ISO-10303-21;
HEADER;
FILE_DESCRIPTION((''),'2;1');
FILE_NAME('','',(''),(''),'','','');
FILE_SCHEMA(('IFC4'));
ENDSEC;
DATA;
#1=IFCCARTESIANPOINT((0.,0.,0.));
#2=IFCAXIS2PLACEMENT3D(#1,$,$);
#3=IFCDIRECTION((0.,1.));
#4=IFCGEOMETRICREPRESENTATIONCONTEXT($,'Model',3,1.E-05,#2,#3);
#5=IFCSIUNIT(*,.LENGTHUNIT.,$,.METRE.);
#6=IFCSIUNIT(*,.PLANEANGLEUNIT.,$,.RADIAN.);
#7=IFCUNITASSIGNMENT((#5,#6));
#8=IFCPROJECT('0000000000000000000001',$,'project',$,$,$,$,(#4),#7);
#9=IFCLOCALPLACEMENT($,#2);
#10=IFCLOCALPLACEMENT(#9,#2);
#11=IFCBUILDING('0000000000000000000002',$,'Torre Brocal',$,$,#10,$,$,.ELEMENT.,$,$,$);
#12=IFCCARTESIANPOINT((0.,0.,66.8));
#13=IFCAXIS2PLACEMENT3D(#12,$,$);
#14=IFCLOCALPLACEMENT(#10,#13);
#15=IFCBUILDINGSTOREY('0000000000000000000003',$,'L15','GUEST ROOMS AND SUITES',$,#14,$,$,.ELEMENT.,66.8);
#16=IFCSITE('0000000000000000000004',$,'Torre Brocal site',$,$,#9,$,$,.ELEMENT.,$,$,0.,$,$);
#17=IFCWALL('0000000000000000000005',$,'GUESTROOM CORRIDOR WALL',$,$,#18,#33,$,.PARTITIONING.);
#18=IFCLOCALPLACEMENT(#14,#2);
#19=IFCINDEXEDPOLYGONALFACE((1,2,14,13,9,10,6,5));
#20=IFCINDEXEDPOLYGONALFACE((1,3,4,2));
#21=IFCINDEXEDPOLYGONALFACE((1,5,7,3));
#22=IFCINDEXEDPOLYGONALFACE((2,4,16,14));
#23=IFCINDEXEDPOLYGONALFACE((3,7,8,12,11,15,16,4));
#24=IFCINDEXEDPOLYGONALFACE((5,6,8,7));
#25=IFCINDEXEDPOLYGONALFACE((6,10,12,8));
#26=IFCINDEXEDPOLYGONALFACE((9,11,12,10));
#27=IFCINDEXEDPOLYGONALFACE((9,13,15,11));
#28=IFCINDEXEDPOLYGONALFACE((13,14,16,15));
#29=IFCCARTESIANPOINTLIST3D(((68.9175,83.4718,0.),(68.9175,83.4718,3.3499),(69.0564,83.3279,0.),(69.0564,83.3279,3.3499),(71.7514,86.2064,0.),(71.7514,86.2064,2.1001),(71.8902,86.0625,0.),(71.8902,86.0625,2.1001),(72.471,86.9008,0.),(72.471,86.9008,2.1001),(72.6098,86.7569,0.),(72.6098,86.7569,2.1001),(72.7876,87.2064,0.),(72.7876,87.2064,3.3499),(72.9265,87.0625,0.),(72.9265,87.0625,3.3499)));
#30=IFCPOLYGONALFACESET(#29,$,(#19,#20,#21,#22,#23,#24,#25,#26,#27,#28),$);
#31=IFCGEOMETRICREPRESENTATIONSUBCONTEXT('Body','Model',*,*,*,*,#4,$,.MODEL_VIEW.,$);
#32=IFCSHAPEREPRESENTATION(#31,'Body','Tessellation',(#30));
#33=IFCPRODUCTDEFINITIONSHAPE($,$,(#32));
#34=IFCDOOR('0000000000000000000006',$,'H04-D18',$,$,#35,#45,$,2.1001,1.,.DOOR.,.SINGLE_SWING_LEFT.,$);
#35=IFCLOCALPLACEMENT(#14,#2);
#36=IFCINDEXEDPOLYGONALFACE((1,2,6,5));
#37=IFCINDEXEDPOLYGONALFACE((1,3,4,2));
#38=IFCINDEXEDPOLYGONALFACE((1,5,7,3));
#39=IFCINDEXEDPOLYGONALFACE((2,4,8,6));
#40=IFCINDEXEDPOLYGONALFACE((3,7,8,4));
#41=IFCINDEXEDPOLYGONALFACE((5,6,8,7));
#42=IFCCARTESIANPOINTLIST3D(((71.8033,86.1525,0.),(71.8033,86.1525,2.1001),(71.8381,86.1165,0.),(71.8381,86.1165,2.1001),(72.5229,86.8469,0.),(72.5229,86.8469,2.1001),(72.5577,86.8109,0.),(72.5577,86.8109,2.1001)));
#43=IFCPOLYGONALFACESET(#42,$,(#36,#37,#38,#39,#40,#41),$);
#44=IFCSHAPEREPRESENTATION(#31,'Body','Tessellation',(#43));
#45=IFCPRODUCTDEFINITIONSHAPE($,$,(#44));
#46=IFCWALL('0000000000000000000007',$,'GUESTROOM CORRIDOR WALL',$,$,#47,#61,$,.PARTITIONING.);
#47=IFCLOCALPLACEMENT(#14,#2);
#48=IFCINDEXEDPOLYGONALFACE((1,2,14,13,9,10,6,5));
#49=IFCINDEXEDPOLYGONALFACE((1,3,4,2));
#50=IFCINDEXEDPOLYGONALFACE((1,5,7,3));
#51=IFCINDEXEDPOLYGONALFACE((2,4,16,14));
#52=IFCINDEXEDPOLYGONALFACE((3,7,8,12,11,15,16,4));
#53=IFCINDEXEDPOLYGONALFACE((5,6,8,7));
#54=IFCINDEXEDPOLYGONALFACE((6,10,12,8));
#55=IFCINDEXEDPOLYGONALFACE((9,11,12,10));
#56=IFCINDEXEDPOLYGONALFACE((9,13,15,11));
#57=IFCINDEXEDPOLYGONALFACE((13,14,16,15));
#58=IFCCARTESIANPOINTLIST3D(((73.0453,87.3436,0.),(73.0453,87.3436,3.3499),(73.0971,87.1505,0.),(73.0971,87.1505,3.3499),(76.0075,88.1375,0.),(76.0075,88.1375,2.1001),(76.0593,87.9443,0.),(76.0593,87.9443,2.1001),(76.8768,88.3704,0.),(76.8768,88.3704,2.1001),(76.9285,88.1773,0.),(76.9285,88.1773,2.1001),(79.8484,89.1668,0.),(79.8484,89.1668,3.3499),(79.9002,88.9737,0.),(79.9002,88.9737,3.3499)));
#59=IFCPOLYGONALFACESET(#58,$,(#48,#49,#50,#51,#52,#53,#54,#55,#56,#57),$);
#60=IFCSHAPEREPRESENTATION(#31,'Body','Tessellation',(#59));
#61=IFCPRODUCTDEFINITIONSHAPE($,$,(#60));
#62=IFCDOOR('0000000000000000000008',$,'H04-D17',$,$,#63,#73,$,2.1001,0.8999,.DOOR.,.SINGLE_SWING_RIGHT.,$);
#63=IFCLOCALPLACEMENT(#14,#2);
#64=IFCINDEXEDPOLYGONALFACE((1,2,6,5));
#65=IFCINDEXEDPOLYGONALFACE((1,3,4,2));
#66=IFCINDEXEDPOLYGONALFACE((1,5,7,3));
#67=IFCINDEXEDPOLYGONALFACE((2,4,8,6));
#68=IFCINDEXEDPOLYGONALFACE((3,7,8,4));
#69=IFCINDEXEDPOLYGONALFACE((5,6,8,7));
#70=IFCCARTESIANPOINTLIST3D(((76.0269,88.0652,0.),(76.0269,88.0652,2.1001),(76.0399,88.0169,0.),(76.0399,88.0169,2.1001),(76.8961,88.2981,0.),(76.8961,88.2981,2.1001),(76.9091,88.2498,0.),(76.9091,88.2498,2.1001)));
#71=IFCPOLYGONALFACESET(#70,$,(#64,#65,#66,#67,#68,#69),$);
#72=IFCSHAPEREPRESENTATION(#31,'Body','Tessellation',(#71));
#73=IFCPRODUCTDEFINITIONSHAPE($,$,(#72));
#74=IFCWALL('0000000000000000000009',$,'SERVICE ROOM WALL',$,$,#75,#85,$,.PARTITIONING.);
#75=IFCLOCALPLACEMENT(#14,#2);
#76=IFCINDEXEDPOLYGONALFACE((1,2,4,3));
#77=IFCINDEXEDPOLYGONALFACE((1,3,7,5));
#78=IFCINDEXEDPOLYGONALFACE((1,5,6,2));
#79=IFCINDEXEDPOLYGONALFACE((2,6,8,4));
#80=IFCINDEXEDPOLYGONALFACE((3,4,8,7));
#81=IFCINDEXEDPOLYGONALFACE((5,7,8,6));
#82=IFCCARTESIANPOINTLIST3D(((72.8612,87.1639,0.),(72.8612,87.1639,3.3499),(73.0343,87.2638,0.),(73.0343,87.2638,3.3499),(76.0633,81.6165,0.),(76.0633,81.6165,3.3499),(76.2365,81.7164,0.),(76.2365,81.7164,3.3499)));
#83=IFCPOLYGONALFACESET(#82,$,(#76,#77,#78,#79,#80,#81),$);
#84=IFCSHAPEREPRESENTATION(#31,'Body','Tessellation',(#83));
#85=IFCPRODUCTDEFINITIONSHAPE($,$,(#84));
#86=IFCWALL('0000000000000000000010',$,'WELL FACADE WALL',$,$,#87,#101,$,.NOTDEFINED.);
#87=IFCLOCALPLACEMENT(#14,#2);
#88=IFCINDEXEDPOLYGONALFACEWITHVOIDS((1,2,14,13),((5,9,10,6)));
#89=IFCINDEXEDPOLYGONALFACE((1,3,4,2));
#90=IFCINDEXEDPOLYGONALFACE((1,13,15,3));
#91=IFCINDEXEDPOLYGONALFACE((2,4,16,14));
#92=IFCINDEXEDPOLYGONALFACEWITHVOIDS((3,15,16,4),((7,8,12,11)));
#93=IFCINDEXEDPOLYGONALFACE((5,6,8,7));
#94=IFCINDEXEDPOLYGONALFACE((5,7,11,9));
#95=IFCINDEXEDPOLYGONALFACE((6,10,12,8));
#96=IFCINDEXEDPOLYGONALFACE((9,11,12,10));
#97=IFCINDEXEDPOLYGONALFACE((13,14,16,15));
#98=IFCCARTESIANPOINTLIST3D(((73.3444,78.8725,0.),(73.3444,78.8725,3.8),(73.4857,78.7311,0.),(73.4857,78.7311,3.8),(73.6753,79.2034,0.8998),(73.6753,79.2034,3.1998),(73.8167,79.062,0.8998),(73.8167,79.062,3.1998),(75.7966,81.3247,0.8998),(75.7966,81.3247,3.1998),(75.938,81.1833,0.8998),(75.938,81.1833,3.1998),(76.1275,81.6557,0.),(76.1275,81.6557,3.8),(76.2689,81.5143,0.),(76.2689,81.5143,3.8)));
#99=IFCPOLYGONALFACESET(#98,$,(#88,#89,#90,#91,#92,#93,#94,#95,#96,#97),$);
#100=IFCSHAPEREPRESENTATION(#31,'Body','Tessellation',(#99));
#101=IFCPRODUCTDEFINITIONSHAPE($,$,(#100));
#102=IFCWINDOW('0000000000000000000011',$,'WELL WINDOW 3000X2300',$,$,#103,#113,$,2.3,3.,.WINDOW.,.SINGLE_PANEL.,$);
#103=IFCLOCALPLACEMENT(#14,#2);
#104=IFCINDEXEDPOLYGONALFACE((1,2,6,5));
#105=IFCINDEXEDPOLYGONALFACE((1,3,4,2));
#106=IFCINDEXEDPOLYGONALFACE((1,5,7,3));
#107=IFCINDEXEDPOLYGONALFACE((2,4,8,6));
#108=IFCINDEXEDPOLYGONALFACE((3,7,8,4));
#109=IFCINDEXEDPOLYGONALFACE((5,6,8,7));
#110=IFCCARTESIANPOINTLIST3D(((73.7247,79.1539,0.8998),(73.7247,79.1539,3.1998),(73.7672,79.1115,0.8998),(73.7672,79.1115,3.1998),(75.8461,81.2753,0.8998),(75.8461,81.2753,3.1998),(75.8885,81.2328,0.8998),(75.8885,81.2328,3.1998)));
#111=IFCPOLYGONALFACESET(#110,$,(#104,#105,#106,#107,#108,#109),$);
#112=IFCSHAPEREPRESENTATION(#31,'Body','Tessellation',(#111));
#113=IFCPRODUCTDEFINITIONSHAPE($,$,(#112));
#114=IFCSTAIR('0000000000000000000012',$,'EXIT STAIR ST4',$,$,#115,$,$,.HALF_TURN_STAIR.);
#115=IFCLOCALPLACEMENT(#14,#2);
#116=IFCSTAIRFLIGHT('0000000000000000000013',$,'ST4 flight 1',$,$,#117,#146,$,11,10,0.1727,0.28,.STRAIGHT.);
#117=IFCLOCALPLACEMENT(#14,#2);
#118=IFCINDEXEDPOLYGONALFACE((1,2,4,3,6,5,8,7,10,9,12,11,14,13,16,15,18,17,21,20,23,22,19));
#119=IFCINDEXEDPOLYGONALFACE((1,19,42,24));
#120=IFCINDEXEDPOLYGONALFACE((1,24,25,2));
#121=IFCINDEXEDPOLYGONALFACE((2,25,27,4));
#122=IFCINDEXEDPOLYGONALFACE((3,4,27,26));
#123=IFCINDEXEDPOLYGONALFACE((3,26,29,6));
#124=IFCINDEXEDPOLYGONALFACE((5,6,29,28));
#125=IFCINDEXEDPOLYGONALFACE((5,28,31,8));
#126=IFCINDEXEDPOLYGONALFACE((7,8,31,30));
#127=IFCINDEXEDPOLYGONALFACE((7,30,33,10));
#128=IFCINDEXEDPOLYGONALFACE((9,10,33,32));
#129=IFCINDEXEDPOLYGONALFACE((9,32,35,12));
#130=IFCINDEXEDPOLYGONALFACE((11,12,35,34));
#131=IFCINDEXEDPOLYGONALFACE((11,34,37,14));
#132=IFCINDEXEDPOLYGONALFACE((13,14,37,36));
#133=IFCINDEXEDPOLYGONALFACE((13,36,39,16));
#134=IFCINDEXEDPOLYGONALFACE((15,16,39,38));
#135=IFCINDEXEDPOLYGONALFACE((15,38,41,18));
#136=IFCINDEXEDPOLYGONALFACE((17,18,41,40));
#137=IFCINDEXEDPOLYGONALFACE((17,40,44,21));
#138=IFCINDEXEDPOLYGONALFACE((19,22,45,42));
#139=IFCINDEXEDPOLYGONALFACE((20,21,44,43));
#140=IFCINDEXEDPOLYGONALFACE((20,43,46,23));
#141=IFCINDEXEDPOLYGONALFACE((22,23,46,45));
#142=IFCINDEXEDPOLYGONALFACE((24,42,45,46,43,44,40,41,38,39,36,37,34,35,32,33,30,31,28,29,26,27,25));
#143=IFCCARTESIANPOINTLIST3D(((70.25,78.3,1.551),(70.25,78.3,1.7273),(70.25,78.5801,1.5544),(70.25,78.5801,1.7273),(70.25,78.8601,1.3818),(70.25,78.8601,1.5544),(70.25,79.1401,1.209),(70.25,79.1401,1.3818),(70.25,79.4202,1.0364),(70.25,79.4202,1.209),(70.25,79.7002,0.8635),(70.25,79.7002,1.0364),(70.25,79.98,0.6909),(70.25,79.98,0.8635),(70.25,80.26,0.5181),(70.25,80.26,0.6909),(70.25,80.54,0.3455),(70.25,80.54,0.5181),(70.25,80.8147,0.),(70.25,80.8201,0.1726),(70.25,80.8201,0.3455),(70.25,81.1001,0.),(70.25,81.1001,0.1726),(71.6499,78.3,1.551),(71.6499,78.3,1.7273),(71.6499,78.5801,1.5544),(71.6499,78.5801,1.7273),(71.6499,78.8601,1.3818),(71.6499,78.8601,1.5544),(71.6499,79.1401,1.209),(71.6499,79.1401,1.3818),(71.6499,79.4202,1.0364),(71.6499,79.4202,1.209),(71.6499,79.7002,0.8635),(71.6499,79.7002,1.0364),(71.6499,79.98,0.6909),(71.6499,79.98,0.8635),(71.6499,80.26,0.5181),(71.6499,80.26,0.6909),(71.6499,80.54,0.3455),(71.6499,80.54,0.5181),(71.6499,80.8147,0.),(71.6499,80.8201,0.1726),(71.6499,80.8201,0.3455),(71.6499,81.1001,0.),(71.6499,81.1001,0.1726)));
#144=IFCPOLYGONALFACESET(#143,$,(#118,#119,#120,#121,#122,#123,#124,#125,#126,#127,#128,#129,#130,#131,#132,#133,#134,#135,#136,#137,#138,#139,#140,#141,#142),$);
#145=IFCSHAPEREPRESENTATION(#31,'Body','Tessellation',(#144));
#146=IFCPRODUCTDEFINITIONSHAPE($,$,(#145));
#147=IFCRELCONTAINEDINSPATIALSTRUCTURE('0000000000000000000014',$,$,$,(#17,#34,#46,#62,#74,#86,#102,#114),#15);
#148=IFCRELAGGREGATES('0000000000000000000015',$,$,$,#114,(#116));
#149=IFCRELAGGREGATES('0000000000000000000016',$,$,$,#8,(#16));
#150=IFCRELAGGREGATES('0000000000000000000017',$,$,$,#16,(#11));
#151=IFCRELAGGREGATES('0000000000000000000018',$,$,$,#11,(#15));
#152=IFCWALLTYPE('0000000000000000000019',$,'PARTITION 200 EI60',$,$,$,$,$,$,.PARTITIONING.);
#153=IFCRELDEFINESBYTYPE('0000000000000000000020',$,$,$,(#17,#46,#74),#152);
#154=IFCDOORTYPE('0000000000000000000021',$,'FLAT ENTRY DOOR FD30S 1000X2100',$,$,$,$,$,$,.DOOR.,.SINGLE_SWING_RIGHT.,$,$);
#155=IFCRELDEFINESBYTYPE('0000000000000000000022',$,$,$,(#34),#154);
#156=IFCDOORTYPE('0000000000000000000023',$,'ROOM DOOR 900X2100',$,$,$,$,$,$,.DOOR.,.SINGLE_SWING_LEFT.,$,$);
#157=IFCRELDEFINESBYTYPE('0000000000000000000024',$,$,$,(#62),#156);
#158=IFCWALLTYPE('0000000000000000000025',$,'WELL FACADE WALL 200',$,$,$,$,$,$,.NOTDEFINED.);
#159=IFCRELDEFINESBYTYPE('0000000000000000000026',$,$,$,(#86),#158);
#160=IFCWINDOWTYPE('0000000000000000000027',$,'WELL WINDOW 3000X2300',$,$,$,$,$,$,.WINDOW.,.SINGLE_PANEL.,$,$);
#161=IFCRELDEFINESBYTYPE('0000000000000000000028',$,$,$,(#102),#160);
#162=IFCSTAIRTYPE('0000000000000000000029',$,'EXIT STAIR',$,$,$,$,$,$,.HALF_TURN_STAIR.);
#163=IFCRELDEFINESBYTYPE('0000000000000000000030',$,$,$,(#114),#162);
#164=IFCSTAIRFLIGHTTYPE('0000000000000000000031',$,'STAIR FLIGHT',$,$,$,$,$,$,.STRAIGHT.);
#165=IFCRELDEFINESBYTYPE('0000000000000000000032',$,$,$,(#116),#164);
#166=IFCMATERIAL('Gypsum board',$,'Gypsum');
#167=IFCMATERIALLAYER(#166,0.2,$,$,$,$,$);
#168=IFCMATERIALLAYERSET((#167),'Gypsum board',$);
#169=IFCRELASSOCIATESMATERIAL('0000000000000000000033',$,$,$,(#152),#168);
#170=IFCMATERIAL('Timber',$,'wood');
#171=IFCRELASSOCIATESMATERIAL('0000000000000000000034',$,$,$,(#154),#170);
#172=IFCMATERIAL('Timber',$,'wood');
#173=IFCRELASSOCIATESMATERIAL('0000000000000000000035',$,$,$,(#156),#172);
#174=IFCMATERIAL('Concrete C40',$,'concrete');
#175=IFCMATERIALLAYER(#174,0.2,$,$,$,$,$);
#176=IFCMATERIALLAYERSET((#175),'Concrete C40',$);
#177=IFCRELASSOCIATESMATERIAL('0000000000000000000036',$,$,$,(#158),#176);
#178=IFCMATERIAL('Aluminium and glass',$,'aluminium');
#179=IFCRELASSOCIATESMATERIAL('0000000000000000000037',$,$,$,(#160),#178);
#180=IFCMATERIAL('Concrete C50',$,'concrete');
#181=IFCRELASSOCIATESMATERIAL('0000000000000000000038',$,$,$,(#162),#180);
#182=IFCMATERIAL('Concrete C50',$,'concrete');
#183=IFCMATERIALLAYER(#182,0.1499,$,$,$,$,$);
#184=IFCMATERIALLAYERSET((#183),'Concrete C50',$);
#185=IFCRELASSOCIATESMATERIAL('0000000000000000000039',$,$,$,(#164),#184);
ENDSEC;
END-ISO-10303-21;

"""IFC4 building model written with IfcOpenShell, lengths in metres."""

from ifc_helpers import new_model, si_unit, direction, frame, frame_2d, origin, place, context, subcontext, project, spatial, polyline, rectangle, outline, extrude, material, layer, layer_set, type_object, element, fill, aggregate, save


model = new_model("IFC4")

# Units and contexts
model_context = context("Model", 3, precision=1e-05, world=origin(), true_north=direction((0.0, 1.0)))
body_context = subcontext(model_context, "Body", "Model", "MODEL_VIEW")
ifc_project = project(units=[si_unit("LENGTHUNIT", "METRE"), si_unit("PLANEANGLEUNIT", "RADIAN")], contexts=[model_context])

# Site, building, storey
site_placement = place(None, origin())
site = spatial("IfcSite", under=ifc_project, at=site_placement, Name="Torre Brocal site", CompositionType="ELEMENT", RefElevation=0.0)
building_placement = place(site_placement, origin())
building = spatial("IfcBuilding", under=site, at=building_placement, Name="Torre Brocal", CompositionType="ELEMENT")
storey_placement = place(building_placement, frame((0.0, 0.0, 66.8)))
storey = spatial("IfcBuildingStorey", under=building, at=storey_placement, Name="L15", Description="GUEST ROOMS AND SUITES", CompositionType="ELEMENT", Elevation=66.8)

# Walls, openings, doors
ifc_material_1 = material(Name="Gypsum board", Category="Gypsum")
ifc_layer_1 = layer(ifc_material_1, 0.2)
ifc_layer_set_1 = layer_set([ifc_layer_1], Name="Gypsum board")
wall_type_1 = type_object("IfcWallType", Name="PARTITION 200 EI60", PredefinedType="PARTITIONING", material=ifc_layer_set_1)
ifc_material_2 = material(Name="Timber", Category="wood")
door_type_1 = type_object("IfcDoorType", Name="FLAT ENTRY DOOR FD30S 1000X2100", OperationType="SINGLE_SWING_RIGHT", PredefinedType="DOOR", material=ifc_material_2)
wall_1_placement = place(storey_placement, frame((68.9871, 83.3999, 0.0), z_axis=(0.0, 0.0, 1.0), x_axis=(0.719592, 0.694398, 0.0)))
wall_1 = element("IfcWall", 1, at=wall_1_placement, inside=storey, type_object=wall_type_1, Name="GUESTROOM CORRIDOR WALL", PredefinedType="PARTITIONING", context=body_context, shape_type="SweptSolid", body=[
    extrude(rectangle(XDim=5.3782, YDim=0.2, at=frame_2d((2.689, 0.0))), origin(), (0.0, 0.0, 1.0), 3.3499),
])
opening_1_placement = place(wall_1_placement, frame((3.938, 0.0, 0.0)))
opening_1 = element("IfcOpeningElement", 2, at=opening_1_placement, cuts=wall_1, PredefinedType="OPENING", context=body_context, shape_type="SweptSolid", body=[
    extrude(rectangle(XDim=1.0, YDim=2.1001, at=frame_2d((0.5, 1.05))), frame((0.0, 0.1099, 0.0), z_axis=(0.0, -1.0, 0.0), x_axis=(1.0, 0.0, 0.0)), (0.0, 0.0, 1.0), 0.22),
])
door_1_placement = place(opening_1_placement, frame((1.0, 0.0, 0.0), z_axis=(0.0, 0.0, 1.0), x_axis=(-1.0, 0.0, 0.0)))
door_1 = element("IfcDoor", 3, at=door_1_placement, inside=storey, type_object=door_type_1, Name="H04-D18", OperationType="SINGLE_SWING_LEFT", OverallHeight=2.1001, OverallWidth=1.0, PredefinedType="DOOR", context=body_context, shape_type="SweptSolid", body=[
    extrude(rectangle(XDim=1.0, YDim=2.1001, at=frame_2d((0.5, 1.05))), frame((0.0, 0.0249, 0.0), z_axis=(0.0, -1.0, 0.0), x_axis=(1.0, 0.0, 0.0)), (0.0, 0.0, 1.0), 0.05),
])
fill(opening_1, door_1)
wall_2_placement = place(storey_placement, frame((73.0713, 87.2471, 0.0), z_axis=(0.0, 0.0, 1.0), x_axis=(0.965914, 0.258862, 0.0)))
wall_2 = element("IfcWall", 4, at=wall_2_placement, inside=storey, type_object=wall_type_1, Name="GUESTROOM CORRIDOR WALL", PredefinedType="PARTITIONING", context=body_context, shape_type="SweptSolid", body=[
    extrude(rectangle(XDim=7.0432, YDim=0.2, at=frame_2d((3.5215, 0.0))), origin(), (0.0, 0.0, 1.0), 3.3499),
])
opening_2_placement = place(wall_2_placement, frame((3.0667, 0.0, 0.0)))
opening_2 = element("IfcOpeningElement", 5, at=opening_2_placement, cuts=wall_2, PredefinedType="OPENING", context=body_context, shape_type="SweptSolid", body=[
    extrude(rectangle(XDim=0.8999, YDim=2.1001, at=frame_2d((0.45, 1.05))), frame((0.0, 0.1099, 0.0), z_axis=(0.0, -1.0, 0.0), x_axis=(1.0, 0.0, 0.0)), (0.0, 0.0, 1.0), 0.22),
])
ifc_material_3 = material(Name="Timber", Category="wood")
door_type_2 = type_object("IfcDoorType", Name="ROOM DOOR 900X2100", OperationType="SINGLE_SWING_LEFT", PredefinedType="DOOR", material=ifc_material_3)
door_2_placement = place(opening_2_placement, frame((0.8999, 0.0, 0.0), z_axis=(0.0, 0.0, 1.0), x_axis=(-1.0, 0.0, 0.0)))
door_2 = element("IfcDoor", 6, at=door_2_placement, inside=storey, type_object=door_type_2, Name="H04-D17", OperationType="SINGLE_SWING_RIGHT", OverallHeight=2.1001, OverallWidth=0.8999, PredefinedType="DOOR", context=body_context, shape_type="SweptSolid", body=[
    extrude(rectangle(XDim=0.8999, YDim=2.1001, at=frame_2d((0.45, 1.05))), frame((0.0, 0.0249, 0.0), z_axis=(0.0, -1.0, 0.0), x_axis=(1.0, 0.0, 0.0)), (0.0, 0.0, 1.0), 0.05),
])
fill(opening_2, door_2)

# Wall
wall_3_placement = place(storey_placement, frame((72.9478, 87.2139, 0.0), z_axis=(0.0, 0.0, 1.0), x_axis=(0.499927, -0.866068, 0.0)))
element("IfcWall", 7, at=wall_3_placement, inside=storey, type_object=wall_type_1, Name="SERVICE ROOM WALL", PredefinedType="PARTITIONING", context=body_context, shape_type="SweptSolid", body=[
    extrude(rectangle(XDim=6.4053, YDim=0.2, at=frame_2d((3.2026, 0.0))), origin(), (0.0, 0.0, 1.0), 3.3499),
])

# Wall, opening, window
ifc_material_4 = material(Name="Concrete C40", Category="concrete")
ifc_layer_2 = layer(ifc_material_4, 0.2)
ifc_layer_set_2 = layer_set([ifc_layer_2], Name="Concrete C40")
wall_type_2 = type_object("IfcWallType", Name="WELL FACADE WALL 200", PredefinedType="NOTDEFINED", material=ifc_layer_set_2)
wall_4_placement = place(storey_placement, frame((76.1982, 81.585, 0.0), z_axis=(0.0, 0.0, 1.0), x_axis=(-0.707107, -0.707107, 0.0)))
wall_4 = element("IfcWall", 8, at=wall_4_placement, inside=storey, type_object=wall_type_2, Name="WELL FACADE WALL", PredefinedType="NOTDEFINED", context=body_context, shape_type="SweptSolid", body=[
    extrude(rectangle(XDim=3.936, YDim=0.2, at=frame_2d((1.968, 0.0))), origin(), (0.0, 0.0, 1.0), 3.8),
])
opening_3_placement = place(wall_4_placement, frame((0.468, 0.0, 0.8999)))
opening_3 = element("IfcOpeningElement", 9, at=opening_3_placement, cuts=wall_4, PredefinedType="OPENING", context=body_context, shape_type="SweptSolid", body=[
    extrude(rectangle(XDim=3.0, YDim=2.3, at=frame_2d((1.5, 1.1499))), frame((0.0, 0.1099, 0.0), z_axis=(0.0, -1.0, 0.0), x_axis=(1.0, 0.0, 0.0)), (0.0, 0.0, 1.0), 0.22),
])
ifc_material_5 = material(Name="Aluminium and glass", Category="aluminium")
window_type = type_object("IfcWindowType", Name="WELL WINDOW 3000X2300", PartitioningType="SINGLE_PANEL", PredefinedType="WINDOW", material=ifc_material_5)
window_placement = place(opening_3_placement, origin())
window = element("IfcWindow", 10, at=window_placement, inside=storey, type_object=window_type, Name="WELL WINDOW 3000X2300", OverallHeight=2.3, OverallWidth=3.0, PartitioningType="SINGLE_PANEL", PredefinedType="WINDOW", context=body_context, shape_type="SweptSolid", body=[
    extrude(rectangle(XDim=3.0, YDim=2.3, at=frame_2d((1.5, 1.1499))), frame((0.0, 0.03, 0.0), z_axis=(0.0, -1.0, 0.0), x_axis=(1.0, 0.0, 0.0)), (0.0, 0.0, 1.0), 0.0601),
])
fill(opening_3, window)

# Stair, stair flight
ifc_material_6 = material(Name="Concrete C50", Category="concrete")
stair_type = type_object("IfcStairType", Name="EXIT STAIR", PredefinedType="HALF_TURN_STAIR", material=ifc_material_6)
stair_placement = place(storey_placement, origin())
stair = element("IfcStair", 11, at=stair_placement, inside=storey, type_object=stair_type, Name="EXIT STAIR ST4", PredefinedType="HALF_TURN_STAIR")
ifc_material_7 = material(Name="Concrete C50", Category="concrete")
ifc_layer_3 = layer(ifc_material_7, 0.1499)
ifc_layer_set_3 = layer_set([ifc_layer_3], Name="Concrete C50")
stair_flight_type = type_object("IfcStairFlightType", Name="STAIR FLIGHT", PredefinedType="STRAIGHT", material=ifc_layer_set_3)
stair_flight_placement = place(storey_placement, frame((70.95, 81.1001, 0.0), z_axis=(0.0, 0.0, 1.0), x_axis=(0.0, -1.0, 0.0)))
stair_flight = element("IfcStairFlight", 12, at=stair_flight_placement, type_object=stair_flight_type, Name="ST4 flight 1", NumberOfRisers=11, NumberOfTreads=10, PredefinedType="STRAIGHT", RiserHeight=0.1727, TreadLength=0.28, context=body_context, shape_type="SweptSolid", body=[
    extrude(outline(polyline([(0.0, 0.0), (0.0, 0.1726), (0.28, 0.1726), (0.28, 0.3455), (0.5601, 0.3455), (0.5601, 0.5181), (0.8401, 0.5181), (0.8401, 0.6909), (1.1201, 0.6909), (1.1201, 0.8635), (1.3999, 0.8635), (1.3999, 1.0364), (1.6799, 1.0364), (1.6799, 1.209), (1.96, 1.209), (1.96, 1.3818), (2.24, 1.3818), (2.24, 1.5544), (2.52, 1.5544), (2.52, 1.7273), (2.8, 1.7273), (2.8, 1.8999), (2.8, 1.551), (0.2854, 0.0), (0.0, 0.0)])), frame((0.0, 0.7, 0.0), z_axis=(0.0, -1.0, 0.0), x_axis=(1.0, 0.0, 0.0)), (0.0, 0.0, 1.0), 1.3999),
])
aggregate(stair, [stair_flight])

save(model, "model.ifc")
